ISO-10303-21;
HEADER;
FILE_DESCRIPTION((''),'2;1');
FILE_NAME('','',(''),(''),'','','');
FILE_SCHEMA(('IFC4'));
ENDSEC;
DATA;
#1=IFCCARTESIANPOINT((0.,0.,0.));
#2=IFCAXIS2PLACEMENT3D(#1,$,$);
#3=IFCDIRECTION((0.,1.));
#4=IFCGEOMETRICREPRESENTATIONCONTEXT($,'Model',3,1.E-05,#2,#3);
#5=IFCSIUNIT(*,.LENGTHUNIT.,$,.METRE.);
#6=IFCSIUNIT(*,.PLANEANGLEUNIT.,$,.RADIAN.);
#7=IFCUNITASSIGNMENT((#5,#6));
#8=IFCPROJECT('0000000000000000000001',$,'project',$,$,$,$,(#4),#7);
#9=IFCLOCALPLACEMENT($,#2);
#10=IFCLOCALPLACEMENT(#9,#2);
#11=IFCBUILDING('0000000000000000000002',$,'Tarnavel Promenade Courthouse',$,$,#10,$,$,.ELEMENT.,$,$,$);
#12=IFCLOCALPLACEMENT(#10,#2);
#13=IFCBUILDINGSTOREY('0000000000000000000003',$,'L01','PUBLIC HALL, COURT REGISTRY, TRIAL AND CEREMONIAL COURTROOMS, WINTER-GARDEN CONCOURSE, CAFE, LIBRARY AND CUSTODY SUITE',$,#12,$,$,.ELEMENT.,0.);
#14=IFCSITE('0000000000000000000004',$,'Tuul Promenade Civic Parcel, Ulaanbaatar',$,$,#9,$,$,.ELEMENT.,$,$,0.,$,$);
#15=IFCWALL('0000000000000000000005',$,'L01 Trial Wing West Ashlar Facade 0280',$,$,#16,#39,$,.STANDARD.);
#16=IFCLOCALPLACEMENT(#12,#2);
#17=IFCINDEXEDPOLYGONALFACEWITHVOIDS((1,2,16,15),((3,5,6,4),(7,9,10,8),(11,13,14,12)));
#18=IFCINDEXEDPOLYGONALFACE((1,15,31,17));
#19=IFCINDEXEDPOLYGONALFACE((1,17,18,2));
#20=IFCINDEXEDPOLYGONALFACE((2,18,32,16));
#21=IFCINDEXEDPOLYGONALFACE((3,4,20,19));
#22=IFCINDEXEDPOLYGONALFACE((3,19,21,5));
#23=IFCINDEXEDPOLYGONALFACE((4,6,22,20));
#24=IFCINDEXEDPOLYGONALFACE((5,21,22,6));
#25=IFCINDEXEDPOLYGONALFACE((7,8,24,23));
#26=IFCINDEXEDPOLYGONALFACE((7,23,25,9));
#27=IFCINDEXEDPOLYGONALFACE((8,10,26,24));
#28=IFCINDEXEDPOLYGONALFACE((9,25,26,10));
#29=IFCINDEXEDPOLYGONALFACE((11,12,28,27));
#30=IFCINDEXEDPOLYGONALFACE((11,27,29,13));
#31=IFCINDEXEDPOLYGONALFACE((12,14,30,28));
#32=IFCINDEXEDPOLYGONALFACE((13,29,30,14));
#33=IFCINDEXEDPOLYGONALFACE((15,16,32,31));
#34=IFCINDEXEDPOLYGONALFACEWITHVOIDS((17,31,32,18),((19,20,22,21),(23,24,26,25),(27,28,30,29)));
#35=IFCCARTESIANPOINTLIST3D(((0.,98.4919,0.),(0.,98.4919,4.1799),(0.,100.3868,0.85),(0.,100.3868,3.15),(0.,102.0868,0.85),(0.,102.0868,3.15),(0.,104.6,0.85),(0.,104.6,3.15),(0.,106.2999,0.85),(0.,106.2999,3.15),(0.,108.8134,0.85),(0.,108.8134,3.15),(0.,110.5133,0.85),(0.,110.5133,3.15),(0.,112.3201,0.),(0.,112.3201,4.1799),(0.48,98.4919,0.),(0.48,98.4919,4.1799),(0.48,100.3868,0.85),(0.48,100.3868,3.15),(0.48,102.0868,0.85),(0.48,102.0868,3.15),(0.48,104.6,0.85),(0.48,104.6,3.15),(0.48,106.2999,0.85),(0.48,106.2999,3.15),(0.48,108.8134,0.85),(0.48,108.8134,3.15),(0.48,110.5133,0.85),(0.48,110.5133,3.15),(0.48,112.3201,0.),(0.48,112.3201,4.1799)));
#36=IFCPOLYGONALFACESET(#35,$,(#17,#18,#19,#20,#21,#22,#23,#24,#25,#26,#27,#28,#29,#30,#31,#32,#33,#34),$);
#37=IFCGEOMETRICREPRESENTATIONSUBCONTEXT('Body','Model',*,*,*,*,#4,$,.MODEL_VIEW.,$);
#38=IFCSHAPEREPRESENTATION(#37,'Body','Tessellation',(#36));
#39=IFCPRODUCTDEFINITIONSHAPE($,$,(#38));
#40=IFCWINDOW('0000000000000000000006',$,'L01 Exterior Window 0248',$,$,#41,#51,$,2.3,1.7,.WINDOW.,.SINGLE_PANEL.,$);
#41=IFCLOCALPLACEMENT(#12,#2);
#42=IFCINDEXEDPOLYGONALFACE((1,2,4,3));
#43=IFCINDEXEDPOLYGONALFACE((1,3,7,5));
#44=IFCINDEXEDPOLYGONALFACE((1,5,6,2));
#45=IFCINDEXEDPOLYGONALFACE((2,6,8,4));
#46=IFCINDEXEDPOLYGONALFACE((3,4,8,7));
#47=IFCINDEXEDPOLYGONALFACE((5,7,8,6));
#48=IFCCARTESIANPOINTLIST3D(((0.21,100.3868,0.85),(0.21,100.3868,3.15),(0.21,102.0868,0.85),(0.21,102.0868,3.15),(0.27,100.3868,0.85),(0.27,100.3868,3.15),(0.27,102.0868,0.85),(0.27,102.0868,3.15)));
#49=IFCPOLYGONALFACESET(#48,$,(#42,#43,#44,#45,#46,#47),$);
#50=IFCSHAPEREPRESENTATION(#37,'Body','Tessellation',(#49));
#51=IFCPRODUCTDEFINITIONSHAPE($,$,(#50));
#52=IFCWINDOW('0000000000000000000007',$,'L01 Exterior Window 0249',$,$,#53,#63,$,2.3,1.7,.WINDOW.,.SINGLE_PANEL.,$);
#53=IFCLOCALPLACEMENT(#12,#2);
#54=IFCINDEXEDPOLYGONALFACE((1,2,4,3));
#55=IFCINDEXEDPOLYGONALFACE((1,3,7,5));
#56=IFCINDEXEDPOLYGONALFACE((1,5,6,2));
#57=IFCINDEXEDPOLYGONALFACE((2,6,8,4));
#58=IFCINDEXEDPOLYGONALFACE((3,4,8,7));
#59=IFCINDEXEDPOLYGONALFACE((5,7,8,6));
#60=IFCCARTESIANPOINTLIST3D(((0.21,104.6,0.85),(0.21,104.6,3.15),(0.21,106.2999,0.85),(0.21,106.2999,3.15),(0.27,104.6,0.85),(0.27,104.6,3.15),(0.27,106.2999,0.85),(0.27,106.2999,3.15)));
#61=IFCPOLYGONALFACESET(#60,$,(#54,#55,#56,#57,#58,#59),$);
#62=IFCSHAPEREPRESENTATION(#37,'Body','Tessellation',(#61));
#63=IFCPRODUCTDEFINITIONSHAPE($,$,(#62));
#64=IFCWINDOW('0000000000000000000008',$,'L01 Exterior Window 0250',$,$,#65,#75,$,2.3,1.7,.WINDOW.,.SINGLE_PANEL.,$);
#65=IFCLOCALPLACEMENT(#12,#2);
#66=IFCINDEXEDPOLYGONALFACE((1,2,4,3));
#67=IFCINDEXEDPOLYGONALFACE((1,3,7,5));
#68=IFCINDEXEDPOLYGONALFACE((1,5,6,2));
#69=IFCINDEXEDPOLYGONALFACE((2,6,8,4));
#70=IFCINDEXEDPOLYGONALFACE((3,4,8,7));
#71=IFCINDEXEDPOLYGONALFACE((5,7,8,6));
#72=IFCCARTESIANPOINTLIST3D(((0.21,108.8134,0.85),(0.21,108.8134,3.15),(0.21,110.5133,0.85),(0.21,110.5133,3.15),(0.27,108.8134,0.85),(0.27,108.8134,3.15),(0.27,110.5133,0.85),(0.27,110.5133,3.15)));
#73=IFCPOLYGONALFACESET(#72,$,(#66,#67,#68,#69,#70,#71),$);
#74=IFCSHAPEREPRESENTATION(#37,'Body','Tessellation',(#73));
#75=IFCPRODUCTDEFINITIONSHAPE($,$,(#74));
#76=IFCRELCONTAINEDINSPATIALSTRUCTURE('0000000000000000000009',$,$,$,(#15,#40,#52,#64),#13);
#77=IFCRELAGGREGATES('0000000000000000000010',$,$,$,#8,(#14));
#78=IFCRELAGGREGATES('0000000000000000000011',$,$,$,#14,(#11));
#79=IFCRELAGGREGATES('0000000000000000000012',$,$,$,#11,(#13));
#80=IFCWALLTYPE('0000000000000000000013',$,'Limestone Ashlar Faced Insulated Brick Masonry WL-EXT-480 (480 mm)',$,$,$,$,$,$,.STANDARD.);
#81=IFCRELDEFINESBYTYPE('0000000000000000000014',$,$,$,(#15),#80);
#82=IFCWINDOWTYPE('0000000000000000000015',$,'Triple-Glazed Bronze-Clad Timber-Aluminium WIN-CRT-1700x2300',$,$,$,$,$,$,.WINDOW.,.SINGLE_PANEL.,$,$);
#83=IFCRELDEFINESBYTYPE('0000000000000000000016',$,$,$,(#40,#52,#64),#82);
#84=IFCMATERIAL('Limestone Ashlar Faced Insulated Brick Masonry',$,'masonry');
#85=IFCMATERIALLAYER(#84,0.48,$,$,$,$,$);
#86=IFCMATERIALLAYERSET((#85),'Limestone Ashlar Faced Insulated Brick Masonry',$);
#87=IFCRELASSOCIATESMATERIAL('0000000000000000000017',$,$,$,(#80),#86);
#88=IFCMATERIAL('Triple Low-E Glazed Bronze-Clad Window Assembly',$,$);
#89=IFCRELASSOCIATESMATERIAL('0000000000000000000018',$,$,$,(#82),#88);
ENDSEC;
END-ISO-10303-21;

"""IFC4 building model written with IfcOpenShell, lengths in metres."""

from ifc_helpers import new_model, si_unit, direction, frame, frame_2d, origin, place, context, subcontext, project, spatial, rectangle, extrude, material, layer, layer_set, type_object, element, fill, save


model = new_model("IFC4")

# Units and contexts
model_context = context("Model", 3, precision=1e-05, world=origin(), true_north=direction((0.0, 1.0)))
body_context = subcontext(model_context, "Body", "Model", "MODEL_VIEW")
ifc_project = project(units=[si_unit("LENGTHUNIT", "METRE"), si_unit("PLANEANGLEUNIT", "RADIAN")], contexts=[model_context])

# Site, building, storey
site_placement = place(None, origin())
site = spatial("IfcSite", under=ifc_project, at=site_placement, Name="Tuul Promenade Civic Parcel, Ulaanbaatar", CompositionType="ELEMENT", RefElevation=0.0)
building_placement = place(site_placement, origin())
building = spatial("IfcBuilding", under=site, at=building_placement, Name="Tarnavel Promenade Courthouse", CompositionType="ELEMENT")
storey_placement = place(building_placement, origin())
storey = spatial("IfcBuildingStorey", under=building, at=storey_placement, Name="L01", Description="PUBLIC HALL, COURT REGISTRY, TRIAL AND CEREMONIAL COURTROOMS, WINTER-GARDEN CONCOURSE, CAFE, LIBRARY AND CUSTODY SUITE", CompositionType="ELEMENT", Elevation=0.0)

# Wall, openings, windows
ifc_material_1 = material(Name="Limestone Ashlar Faced Insulated Brick Masonry", Category="masonry")
ifc_layer = layer(ifc_material_1, 0.48)
ifc_layer_set = layer_set([ifc_layer], Name="Limestone Ashlar Faced Insulated Brick Masonry")
wall_type = type_object("IfcWallType", Name="Limestone Ashlar Faced Insulated Brick Masonry WL-EXT-480 (480 mm)", PredefinedType="STANDARD", material=ifc_layer_set)
ifc_material_2 = material(Name="Triple Low-E Glazed Bronze-Clad Window Assembly")
window_type = type_object("IfcWindowType", Name="Triple-Glazed Bronze-Clad Timber-Aluminium WIN-CRT-1700x2300", PartitioningType="SINGLE_PANEL", PredefinedType="WINDOW", material=ifc_material_2)
wall_1_placement = place(storey_placement, frame((0.24, 98.4919, 0.0), z_axis=(0.0, 0.0, 1.0), x_axis=(0.0, 1.0, 0.0)))
wall_1 = element("IfcWall", 1, at=wall_1_placement, inside=storey, type_object=wall_type, Name="L01 Trial Wing West Ashlar Facade 0280", PredefinedType="STANDARD", context=body_context, shape_type="SweptSolid", body=[
    extrude(rectangle(XDim=13.8281, YDim=0.48, at=frame_2d((6.9141, 0.0))), origin(), (0.0, 0.0, 1.0), 4.1799),
])
opening_1_placement = place(wall_1_placement, frame((1.8948, 0.0, 0.8501)))
opening_1 = element("IfcOpeningElement", 2, at=opening_1_placement, cuts=wall_1, PredefinedType="OPENING", context=body_context, shape_type="SweptSolid", body=[
    extrude(rectangle(XDim=1.7, YDim=2.3, at=frame_2d((0.8501, 1.1499))), frame((0.0, 0.25, 0.0), z_axis=(0.0, -1.0, 0.0), x_axis=(1.0, 0.0, 0.0)), (0.0, 0.0, 1.0), 0.5),
])
opening_2_placement = place(wall_1_placement, frame((6.1079, 0.0, 0.8501)))
opening_2 = element("IfcOpeningElement", 3, at=opening_2_placement, cuts=wall_1, PredefinedType="OPENING", context=body_context, shape_type="SweptSolid", body=[
    extrude(rectangle(XDim=1.7, YDim=2.3, at=frame_2d((0.8501, 1.1499))), frame((0.0, 0.25, 0.0), z_axis=(0.0, -1.0, 0.0), x_axis=(1.0, 0.0, 0.0)), (0.0, 0.0, 1.0), 0.5),
])
opening_3_placement = place(wall_1_placement, frame((10.3213, 0.0, 0.8501)))
opening_3 = element("IfcOpeningElement", 4, at=opening_3_placement, cuts=wall_1, PredefinedType="OPENING", context=body_context, shape_type="SweptSolid", body=[
    extrude(rectangle(XDim=1.7, YDim=2.3, at=frame_2d((0.8501, 1.1499))), frame((0.0, 0.25, 0.0), z_axis=(0.0, -1.0, 0.0), x_axis=(1.0, 0.0, 0.0)), (0.0, 0.0, 1.0), 0.5),
])
window_1_placement = place(opening_1_placement, origin())
window_1 = element("IfcWindow", 5, at=window_1_placement, inside=storey, type_object=window_type, Name="L01 Exterior Window 0248", OverallHeight=2.3, OverallWidth=1.7, PartitioningType="SINGLE_PANEL", PredefinedType="WINDOW", context=body_context, shape_type="SweptSolid", body=[
    extrude(rectangle(XDim=1.7, YDim=2.3, at=frame_2d((0.8501, 1.1499))), frame((0.0, 0.03, 0.0), z_axis=(0.0, -1.0, 0.0), x_axis=(1.0, 0.0, 0.0)), (0.0, 0.0, 1.0), 0.0601),
])
fill(opening_1, window_1)
window_2_placement = place(opening_2_placement, origin())
window_2 = element("IfcWindow", 6, at=window_2_placement, inside=storey, type_object=window_type, Name="L01 Exterior Window 0249", OverallHeight=2.3, OverallWidth=1.7, PartitioningType="SINGLE_PANEL", PredefinedType="WINDOW", context=body_context, shape_type="SweptSolid", body=[
    extrude(rectangle(XDim=1.7, YDim=2.3, at=frame_2d((0.8501, 1.1499))), frame((0.0, 0.03, 0.0), z_axis=(0.0, -1.0, 0.0), x_axis=(1.0, 0.0, 0.0)), (0.0, 0.0, 1.0), 0.0601),
])
fill(opening_2, window_2)
window_3_placement = place(opening_3_placement, origin())
window_3 = element("IfcWindow", 7, at=window_3_placement, inside=storey, type_object=window_type, Name="L01 Exterior Window 0250", OverallHeight=2.3, OverallWidth=1.7, PartitioningType="SINGLE_PANEL", PredefinedType="WINDOW", context=body_context, shape_type="SweptSolid", body=[
    extrude(rectangle(XDim=1.7, YDim=2.3, at=frame_2d((0.8501, 1.1499))), frame((0.0, 0.03, 0.0), z_axis=(0.0, -1.0, 0.0), x_axis=(1.0, 0.0, 0.0)), (0.0, 0.0, 1.0), 0.0601),
])
fill(opening_3, window_3)

save(model, "model.ifc")
